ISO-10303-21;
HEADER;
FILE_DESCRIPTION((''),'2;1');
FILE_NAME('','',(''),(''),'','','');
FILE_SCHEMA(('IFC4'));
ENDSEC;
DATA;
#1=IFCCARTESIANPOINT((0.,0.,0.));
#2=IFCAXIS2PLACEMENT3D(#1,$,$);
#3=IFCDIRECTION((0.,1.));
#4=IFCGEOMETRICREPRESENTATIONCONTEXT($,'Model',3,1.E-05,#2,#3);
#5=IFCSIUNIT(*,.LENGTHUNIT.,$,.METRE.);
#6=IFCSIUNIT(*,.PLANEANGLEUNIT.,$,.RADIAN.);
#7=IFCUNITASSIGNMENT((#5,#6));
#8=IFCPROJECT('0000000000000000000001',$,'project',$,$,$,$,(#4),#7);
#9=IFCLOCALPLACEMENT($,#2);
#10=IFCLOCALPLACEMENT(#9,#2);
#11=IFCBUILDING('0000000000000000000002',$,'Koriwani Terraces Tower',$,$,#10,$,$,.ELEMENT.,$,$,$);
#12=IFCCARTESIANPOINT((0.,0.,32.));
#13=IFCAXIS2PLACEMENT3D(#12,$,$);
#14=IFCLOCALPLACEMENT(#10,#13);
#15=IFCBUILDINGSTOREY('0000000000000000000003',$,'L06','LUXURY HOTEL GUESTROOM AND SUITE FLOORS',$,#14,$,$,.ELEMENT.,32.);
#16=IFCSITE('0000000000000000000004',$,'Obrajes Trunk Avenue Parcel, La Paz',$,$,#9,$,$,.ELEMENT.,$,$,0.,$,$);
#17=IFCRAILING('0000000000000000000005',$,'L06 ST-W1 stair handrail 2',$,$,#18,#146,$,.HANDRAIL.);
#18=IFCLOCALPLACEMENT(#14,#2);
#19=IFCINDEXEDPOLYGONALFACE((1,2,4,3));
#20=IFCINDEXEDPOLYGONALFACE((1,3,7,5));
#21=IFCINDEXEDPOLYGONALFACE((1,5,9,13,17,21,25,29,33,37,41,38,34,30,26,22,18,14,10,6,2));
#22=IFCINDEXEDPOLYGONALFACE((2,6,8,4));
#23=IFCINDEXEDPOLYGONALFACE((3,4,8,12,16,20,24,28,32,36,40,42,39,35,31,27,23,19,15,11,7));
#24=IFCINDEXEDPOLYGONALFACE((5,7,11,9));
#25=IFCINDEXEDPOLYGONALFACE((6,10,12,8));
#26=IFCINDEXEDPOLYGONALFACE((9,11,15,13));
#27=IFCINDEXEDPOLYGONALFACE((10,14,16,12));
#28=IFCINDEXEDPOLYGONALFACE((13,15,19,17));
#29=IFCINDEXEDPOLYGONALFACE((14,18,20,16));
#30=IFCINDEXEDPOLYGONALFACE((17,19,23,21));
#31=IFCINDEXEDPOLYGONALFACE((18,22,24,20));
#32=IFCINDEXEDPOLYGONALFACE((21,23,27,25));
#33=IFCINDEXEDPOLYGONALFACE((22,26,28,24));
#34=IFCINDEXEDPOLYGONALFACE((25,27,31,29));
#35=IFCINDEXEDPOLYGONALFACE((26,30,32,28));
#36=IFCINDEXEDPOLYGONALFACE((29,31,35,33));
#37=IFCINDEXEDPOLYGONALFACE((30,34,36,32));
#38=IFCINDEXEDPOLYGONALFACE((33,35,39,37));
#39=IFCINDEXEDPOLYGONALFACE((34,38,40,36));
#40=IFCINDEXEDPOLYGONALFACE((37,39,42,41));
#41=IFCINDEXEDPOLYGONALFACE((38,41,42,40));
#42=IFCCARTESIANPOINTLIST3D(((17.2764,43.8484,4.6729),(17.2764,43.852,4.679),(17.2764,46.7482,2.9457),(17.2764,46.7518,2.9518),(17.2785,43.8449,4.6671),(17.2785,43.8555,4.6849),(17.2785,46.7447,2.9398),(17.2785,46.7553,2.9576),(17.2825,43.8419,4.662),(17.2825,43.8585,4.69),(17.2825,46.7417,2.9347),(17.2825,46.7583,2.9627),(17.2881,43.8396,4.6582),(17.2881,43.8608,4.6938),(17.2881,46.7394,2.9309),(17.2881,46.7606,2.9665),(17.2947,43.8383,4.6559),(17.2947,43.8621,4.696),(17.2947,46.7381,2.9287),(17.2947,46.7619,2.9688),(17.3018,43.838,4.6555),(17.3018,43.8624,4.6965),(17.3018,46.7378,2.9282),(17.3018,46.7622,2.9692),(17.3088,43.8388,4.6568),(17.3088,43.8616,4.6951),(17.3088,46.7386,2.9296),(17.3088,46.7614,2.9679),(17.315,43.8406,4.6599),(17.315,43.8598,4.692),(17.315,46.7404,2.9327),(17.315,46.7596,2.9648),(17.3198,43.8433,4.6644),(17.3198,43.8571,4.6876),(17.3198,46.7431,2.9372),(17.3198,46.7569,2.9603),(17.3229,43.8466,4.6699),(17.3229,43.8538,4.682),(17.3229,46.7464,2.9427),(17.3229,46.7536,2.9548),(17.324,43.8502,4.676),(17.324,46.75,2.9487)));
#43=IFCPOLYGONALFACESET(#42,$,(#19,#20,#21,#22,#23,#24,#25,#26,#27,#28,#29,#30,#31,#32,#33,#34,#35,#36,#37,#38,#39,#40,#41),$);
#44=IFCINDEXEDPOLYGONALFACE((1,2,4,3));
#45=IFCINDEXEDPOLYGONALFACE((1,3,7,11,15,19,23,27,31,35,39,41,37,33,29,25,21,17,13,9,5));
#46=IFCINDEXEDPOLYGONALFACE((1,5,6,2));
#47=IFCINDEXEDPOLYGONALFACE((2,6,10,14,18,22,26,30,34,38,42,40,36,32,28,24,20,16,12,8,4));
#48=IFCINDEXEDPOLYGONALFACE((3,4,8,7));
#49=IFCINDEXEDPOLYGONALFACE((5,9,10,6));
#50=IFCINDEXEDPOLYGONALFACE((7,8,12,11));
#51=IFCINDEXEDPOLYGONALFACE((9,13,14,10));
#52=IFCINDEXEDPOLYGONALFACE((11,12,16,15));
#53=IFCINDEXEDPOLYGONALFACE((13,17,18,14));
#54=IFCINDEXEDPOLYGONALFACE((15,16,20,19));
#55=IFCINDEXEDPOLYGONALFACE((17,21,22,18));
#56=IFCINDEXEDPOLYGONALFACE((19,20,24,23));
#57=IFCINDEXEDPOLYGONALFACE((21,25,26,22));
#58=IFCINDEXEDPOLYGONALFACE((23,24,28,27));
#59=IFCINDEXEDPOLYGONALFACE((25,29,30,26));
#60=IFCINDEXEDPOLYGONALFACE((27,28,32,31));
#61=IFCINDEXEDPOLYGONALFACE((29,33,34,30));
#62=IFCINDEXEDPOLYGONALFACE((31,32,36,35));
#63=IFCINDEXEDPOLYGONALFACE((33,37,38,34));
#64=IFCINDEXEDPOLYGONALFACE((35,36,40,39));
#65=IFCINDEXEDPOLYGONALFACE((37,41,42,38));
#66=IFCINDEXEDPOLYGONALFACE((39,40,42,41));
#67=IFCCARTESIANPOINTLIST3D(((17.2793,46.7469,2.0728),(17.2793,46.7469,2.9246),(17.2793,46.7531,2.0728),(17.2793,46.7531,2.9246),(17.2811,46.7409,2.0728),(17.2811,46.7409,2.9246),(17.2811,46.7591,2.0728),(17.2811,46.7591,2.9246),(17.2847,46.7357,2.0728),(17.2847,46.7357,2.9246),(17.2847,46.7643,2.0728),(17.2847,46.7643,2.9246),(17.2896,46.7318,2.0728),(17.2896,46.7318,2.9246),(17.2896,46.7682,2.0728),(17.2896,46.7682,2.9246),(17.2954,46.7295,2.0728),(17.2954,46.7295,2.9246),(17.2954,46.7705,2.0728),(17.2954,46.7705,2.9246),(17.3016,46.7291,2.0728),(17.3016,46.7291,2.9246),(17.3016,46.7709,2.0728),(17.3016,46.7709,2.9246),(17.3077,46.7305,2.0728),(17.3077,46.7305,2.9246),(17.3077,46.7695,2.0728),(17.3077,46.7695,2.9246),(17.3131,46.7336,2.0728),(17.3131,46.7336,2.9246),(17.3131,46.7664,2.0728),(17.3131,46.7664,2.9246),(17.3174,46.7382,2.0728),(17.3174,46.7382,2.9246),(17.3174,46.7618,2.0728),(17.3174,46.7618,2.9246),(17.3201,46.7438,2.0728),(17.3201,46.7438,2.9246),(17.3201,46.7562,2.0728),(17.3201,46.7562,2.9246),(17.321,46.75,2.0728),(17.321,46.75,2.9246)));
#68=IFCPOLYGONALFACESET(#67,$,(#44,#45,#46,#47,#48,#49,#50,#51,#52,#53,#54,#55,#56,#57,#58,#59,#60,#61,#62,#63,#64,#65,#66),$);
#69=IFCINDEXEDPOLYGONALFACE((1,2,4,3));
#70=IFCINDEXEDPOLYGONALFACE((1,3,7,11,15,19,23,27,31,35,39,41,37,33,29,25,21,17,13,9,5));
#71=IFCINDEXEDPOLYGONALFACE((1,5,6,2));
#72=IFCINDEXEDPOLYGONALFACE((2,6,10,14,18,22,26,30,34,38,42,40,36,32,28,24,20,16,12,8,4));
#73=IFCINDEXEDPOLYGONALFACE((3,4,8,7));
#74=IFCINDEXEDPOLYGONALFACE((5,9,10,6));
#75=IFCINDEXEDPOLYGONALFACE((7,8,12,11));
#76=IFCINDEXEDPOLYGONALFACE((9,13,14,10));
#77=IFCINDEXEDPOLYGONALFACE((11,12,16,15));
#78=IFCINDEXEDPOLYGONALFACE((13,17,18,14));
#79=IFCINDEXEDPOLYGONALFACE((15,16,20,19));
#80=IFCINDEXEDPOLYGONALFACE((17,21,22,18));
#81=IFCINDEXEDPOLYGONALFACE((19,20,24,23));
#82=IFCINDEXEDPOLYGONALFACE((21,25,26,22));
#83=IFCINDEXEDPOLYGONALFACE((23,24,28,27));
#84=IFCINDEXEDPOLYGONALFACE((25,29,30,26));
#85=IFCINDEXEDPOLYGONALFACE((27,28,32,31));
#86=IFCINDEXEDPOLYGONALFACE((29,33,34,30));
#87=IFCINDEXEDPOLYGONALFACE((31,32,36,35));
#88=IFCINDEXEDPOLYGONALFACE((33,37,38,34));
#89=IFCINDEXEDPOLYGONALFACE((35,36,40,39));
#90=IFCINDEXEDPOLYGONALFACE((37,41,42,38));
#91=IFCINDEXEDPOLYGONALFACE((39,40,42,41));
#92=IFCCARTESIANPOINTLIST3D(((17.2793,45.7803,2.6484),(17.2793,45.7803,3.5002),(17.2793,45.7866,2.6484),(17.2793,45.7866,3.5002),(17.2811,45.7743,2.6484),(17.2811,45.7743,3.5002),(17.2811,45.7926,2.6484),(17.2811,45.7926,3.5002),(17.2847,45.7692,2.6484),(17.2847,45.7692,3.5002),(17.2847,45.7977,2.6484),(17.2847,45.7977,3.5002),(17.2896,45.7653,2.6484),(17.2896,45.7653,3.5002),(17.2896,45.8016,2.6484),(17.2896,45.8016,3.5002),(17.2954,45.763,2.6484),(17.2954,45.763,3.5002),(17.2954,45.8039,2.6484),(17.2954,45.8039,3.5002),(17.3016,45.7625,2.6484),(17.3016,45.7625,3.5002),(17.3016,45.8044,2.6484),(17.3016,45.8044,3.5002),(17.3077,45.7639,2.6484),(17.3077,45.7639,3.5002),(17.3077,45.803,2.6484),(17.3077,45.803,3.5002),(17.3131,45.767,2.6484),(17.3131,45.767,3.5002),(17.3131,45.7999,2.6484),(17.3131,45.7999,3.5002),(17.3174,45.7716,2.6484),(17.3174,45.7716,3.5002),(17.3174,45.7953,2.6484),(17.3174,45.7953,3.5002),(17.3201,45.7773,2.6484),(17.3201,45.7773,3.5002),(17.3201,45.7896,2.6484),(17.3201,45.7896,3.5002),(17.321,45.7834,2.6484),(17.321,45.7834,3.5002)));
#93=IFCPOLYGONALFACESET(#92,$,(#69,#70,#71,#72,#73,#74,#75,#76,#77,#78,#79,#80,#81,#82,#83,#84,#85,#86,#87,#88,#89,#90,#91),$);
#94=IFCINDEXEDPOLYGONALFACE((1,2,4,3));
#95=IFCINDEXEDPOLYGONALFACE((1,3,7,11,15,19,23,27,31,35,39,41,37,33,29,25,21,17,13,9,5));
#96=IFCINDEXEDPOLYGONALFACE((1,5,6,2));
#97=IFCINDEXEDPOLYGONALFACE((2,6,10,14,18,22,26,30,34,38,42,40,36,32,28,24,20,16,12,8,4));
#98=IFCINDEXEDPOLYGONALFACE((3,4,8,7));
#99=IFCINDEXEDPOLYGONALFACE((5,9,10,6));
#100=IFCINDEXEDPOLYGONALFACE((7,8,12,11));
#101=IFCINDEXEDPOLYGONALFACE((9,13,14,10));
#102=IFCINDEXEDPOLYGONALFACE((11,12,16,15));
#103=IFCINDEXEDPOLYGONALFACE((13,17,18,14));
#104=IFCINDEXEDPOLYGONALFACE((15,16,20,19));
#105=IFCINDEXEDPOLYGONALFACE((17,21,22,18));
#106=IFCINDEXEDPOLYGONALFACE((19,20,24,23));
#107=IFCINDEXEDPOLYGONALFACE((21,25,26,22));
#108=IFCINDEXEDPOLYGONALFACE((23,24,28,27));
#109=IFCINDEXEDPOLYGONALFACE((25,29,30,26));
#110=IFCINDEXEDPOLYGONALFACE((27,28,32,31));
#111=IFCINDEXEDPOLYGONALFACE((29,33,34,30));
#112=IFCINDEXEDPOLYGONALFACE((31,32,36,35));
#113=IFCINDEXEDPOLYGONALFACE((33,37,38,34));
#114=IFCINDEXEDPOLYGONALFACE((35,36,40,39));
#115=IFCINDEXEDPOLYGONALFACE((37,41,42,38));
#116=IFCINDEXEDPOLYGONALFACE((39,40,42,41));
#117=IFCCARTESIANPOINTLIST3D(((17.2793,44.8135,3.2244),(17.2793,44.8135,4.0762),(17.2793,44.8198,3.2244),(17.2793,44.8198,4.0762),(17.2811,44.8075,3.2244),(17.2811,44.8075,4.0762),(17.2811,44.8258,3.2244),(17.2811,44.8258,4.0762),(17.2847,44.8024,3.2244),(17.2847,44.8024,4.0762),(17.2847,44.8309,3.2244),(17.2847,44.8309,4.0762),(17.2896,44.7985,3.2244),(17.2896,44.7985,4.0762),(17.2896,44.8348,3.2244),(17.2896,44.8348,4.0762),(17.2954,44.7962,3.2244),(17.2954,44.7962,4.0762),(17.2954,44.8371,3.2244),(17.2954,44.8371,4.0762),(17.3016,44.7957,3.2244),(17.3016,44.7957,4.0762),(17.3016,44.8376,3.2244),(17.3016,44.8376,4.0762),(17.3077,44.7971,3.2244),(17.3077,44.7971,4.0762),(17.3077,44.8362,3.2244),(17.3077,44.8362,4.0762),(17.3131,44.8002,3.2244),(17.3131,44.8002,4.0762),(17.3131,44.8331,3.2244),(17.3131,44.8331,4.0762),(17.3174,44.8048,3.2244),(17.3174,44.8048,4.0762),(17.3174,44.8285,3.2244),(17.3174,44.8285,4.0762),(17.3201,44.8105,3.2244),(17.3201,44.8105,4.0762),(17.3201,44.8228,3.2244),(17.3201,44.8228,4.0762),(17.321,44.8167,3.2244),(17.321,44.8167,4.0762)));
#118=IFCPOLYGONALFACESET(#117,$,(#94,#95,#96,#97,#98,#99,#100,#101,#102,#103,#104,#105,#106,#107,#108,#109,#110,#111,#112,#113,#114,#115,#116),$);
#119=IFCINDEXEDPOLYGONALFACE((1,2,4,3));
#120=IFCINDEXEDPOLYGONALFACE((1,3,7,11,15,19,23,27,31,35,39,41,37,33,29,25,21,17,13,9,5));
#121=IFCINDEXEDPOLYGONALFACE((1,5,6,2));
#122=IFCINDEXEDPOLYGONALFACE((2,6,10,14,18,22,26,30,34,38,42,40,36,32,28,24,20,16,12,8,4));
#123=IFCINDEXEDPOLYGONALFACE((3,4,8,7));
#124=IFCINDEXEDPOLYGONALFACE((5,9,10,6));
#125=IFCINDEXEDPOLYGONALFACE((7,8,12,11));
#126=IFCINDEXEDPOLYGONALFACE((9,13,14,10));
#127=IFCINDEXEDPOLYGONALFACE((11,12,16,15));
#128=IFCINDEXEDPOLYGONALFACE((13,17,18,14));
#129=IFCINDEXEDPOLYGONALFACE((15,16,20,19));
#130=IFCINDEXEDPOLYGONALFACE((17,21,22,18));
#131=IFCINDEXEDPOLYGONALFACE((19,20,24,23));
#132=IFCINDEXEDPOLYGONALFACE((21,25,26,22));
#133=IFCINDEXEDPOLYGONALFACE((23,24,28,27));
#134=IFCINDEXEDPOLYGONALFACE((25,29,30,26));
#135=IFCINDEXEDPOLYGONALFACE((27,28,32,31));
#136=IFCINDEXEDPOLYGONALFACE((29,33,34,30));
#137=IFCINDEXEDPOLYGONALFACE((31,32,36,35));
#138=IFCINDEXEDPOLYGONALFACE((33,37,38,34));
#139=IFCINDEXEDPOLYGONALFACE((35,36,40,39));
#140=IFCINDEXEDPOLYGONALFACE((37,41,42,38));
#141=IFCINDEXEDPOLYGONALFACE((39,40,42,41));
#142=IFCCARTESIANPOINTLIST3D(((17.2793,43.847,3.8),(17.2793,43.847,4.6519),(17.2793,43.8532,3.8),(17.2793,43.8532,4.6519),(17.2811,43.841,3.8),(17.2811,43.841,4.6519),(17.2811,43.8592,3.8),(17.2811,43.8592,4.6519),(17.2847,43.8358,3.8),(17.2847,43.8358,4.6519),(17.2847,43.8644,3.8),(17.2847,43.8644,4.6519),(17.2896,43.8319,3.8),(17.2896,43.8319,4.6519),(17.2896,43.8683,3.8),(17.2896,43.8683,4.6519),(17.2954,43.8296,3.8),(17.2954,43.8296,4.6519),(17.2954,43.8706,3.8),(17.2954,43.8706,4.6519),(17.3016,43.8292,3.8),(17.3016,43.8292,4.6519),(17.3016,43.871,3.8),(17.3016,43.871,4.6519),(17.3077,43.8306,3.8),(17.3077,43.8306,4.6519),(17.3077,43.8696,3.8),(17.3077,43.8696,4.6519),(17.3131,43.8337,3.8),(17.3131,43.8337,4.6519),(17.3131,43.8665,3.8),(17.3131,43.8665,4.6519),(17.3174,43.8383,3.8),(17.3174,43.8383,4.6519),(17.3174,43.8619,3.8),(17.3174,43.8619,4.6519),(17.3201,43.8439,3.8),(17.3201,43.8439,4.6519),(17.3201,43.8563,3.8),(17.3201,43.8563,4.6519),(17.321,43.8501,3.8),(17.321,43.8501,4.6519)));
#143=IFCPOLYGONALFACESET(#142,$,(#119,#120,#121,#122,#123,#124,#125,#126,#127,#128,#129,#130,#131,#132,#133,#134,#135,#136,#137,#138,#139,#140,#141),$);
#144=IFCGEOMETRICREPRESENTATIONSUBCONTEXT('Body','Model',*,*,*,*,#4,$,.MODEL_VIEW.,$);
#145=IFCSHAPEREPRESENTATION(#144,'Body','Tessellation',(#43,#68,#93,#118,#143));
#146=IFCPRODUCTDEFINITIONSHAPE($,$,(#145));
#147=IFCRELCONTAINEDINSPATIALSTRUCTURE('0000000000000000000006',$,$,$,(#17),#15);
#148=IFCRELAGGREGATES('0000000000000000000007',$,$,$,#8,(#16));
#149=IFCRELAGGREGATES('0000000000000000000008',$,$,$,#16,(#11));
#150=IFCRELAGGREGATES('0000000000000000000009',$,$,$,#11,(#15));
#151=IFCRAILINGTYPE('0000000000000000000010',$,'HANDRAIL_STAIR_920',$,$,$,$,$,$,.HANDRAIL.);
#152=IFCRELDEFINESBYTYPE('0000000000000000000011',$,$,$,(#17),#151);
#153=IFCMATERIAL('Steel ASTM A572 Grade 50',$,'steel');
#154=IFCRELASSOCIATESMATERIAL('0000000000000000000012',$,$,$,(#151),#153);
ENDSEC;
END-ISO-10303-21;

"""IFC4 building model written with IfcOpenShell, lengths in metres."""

from ifc_helpers import new_model, si_unit, direction, frame, origin, origin_2d, place, context, subcontext, project, spatial, circle, extrude, material, type_object, element, save


model = new_model("IFC4")

# Units and contexts
model_context = context("Model", 3, precision=1e-05, world=origin(), true_north=direction((0.0, 1.0)))
body_context = subcontext(model_context, "Body", "Model", "MODEL_VIEW")
ifc_project = project(units=[si_unit("LENGTHUNIT", "METRE"), si_unit("PLANEANGLEUNIT", "RADIAN")], contexts=[model_context])

# Site, building, storey
site_placement = place(None, origin())
site = spatial("IfcSite", under=ifc_project, at=site_placement, Name="Obrajes Trunk Avenue Parcel, La Paz", CompositionType="ELEMENT", RefElevation=0.0)
building_placement = place(site_placement, origin())
building = spatial("IfcBuilding", under=site, at=building_placement, Name="Koriwani Terraces Tower", CompositionType="ELEMENT")
storey_placement = place(building_placement, frame((0.0, 0.0, 32.0)))
storey = spatial("IfcBuildingStorey", under=building, at=storey_placement, Name="L06", Description="LUXURY HOTEL GUESTROOM AND SUITE FLOORS", CompositionType="ELEMENT", Elevation=32.0)

# Shared definitions
ifc_material_1 = material(Name="Steel ASTM A572 Grade 50", Category="steel")

# Railing
railing_type_1 = type_object("IfcRailingType", Name="HANDRAIL_STAIR_920", PredefinedType="HANDRAIL", material=ifc_material_1)
railing_1_placement = place(storey_placement, frame((17.3, 46.75, 2.0728)))
element("IfcRailing", 1, at=railing_1_placement, inside=storey, type_object=railing_type_1, Name="L06 ST-W1 stair handrail 2", PredefinedType="HANDRAIL", context=body_context, shape_type="SweptSolid", body=[
    extrude(circle(Radius=0.0239, at=origin_2d()), frame((0.0, 0.0, 0.876), z_axis=(0.0, -0.859141, 0.511738), x_axis=(1.0, 0.0, 0.0)), (0.0, 0.0, 1.0), 3.3752),
    extrude(circle(Radius=0.021, at=origin_2d()), origin(), (0.0, 0.0, 1.0), 0.8518),
    extrude(circle(Radius=0.021, at=origin_2d()), frame((0.0, -0.9666, 0.5757)), (0.0, 0.0, 1.0), 0.8518),
    extrude(circle(Radius=0.021, at=origin_2d()), frame((0.0, -1.9333, 1.1516)), (0.0, 0.0, 1.0), 0.8518),
    extrude(circle(Radius=0.021, at=origin_2d()), frame((0.0, -2.8999, 1.7273)), (0.0, 0.0, 1.0), 0.8518),
])

save(model, "model.ifc")
